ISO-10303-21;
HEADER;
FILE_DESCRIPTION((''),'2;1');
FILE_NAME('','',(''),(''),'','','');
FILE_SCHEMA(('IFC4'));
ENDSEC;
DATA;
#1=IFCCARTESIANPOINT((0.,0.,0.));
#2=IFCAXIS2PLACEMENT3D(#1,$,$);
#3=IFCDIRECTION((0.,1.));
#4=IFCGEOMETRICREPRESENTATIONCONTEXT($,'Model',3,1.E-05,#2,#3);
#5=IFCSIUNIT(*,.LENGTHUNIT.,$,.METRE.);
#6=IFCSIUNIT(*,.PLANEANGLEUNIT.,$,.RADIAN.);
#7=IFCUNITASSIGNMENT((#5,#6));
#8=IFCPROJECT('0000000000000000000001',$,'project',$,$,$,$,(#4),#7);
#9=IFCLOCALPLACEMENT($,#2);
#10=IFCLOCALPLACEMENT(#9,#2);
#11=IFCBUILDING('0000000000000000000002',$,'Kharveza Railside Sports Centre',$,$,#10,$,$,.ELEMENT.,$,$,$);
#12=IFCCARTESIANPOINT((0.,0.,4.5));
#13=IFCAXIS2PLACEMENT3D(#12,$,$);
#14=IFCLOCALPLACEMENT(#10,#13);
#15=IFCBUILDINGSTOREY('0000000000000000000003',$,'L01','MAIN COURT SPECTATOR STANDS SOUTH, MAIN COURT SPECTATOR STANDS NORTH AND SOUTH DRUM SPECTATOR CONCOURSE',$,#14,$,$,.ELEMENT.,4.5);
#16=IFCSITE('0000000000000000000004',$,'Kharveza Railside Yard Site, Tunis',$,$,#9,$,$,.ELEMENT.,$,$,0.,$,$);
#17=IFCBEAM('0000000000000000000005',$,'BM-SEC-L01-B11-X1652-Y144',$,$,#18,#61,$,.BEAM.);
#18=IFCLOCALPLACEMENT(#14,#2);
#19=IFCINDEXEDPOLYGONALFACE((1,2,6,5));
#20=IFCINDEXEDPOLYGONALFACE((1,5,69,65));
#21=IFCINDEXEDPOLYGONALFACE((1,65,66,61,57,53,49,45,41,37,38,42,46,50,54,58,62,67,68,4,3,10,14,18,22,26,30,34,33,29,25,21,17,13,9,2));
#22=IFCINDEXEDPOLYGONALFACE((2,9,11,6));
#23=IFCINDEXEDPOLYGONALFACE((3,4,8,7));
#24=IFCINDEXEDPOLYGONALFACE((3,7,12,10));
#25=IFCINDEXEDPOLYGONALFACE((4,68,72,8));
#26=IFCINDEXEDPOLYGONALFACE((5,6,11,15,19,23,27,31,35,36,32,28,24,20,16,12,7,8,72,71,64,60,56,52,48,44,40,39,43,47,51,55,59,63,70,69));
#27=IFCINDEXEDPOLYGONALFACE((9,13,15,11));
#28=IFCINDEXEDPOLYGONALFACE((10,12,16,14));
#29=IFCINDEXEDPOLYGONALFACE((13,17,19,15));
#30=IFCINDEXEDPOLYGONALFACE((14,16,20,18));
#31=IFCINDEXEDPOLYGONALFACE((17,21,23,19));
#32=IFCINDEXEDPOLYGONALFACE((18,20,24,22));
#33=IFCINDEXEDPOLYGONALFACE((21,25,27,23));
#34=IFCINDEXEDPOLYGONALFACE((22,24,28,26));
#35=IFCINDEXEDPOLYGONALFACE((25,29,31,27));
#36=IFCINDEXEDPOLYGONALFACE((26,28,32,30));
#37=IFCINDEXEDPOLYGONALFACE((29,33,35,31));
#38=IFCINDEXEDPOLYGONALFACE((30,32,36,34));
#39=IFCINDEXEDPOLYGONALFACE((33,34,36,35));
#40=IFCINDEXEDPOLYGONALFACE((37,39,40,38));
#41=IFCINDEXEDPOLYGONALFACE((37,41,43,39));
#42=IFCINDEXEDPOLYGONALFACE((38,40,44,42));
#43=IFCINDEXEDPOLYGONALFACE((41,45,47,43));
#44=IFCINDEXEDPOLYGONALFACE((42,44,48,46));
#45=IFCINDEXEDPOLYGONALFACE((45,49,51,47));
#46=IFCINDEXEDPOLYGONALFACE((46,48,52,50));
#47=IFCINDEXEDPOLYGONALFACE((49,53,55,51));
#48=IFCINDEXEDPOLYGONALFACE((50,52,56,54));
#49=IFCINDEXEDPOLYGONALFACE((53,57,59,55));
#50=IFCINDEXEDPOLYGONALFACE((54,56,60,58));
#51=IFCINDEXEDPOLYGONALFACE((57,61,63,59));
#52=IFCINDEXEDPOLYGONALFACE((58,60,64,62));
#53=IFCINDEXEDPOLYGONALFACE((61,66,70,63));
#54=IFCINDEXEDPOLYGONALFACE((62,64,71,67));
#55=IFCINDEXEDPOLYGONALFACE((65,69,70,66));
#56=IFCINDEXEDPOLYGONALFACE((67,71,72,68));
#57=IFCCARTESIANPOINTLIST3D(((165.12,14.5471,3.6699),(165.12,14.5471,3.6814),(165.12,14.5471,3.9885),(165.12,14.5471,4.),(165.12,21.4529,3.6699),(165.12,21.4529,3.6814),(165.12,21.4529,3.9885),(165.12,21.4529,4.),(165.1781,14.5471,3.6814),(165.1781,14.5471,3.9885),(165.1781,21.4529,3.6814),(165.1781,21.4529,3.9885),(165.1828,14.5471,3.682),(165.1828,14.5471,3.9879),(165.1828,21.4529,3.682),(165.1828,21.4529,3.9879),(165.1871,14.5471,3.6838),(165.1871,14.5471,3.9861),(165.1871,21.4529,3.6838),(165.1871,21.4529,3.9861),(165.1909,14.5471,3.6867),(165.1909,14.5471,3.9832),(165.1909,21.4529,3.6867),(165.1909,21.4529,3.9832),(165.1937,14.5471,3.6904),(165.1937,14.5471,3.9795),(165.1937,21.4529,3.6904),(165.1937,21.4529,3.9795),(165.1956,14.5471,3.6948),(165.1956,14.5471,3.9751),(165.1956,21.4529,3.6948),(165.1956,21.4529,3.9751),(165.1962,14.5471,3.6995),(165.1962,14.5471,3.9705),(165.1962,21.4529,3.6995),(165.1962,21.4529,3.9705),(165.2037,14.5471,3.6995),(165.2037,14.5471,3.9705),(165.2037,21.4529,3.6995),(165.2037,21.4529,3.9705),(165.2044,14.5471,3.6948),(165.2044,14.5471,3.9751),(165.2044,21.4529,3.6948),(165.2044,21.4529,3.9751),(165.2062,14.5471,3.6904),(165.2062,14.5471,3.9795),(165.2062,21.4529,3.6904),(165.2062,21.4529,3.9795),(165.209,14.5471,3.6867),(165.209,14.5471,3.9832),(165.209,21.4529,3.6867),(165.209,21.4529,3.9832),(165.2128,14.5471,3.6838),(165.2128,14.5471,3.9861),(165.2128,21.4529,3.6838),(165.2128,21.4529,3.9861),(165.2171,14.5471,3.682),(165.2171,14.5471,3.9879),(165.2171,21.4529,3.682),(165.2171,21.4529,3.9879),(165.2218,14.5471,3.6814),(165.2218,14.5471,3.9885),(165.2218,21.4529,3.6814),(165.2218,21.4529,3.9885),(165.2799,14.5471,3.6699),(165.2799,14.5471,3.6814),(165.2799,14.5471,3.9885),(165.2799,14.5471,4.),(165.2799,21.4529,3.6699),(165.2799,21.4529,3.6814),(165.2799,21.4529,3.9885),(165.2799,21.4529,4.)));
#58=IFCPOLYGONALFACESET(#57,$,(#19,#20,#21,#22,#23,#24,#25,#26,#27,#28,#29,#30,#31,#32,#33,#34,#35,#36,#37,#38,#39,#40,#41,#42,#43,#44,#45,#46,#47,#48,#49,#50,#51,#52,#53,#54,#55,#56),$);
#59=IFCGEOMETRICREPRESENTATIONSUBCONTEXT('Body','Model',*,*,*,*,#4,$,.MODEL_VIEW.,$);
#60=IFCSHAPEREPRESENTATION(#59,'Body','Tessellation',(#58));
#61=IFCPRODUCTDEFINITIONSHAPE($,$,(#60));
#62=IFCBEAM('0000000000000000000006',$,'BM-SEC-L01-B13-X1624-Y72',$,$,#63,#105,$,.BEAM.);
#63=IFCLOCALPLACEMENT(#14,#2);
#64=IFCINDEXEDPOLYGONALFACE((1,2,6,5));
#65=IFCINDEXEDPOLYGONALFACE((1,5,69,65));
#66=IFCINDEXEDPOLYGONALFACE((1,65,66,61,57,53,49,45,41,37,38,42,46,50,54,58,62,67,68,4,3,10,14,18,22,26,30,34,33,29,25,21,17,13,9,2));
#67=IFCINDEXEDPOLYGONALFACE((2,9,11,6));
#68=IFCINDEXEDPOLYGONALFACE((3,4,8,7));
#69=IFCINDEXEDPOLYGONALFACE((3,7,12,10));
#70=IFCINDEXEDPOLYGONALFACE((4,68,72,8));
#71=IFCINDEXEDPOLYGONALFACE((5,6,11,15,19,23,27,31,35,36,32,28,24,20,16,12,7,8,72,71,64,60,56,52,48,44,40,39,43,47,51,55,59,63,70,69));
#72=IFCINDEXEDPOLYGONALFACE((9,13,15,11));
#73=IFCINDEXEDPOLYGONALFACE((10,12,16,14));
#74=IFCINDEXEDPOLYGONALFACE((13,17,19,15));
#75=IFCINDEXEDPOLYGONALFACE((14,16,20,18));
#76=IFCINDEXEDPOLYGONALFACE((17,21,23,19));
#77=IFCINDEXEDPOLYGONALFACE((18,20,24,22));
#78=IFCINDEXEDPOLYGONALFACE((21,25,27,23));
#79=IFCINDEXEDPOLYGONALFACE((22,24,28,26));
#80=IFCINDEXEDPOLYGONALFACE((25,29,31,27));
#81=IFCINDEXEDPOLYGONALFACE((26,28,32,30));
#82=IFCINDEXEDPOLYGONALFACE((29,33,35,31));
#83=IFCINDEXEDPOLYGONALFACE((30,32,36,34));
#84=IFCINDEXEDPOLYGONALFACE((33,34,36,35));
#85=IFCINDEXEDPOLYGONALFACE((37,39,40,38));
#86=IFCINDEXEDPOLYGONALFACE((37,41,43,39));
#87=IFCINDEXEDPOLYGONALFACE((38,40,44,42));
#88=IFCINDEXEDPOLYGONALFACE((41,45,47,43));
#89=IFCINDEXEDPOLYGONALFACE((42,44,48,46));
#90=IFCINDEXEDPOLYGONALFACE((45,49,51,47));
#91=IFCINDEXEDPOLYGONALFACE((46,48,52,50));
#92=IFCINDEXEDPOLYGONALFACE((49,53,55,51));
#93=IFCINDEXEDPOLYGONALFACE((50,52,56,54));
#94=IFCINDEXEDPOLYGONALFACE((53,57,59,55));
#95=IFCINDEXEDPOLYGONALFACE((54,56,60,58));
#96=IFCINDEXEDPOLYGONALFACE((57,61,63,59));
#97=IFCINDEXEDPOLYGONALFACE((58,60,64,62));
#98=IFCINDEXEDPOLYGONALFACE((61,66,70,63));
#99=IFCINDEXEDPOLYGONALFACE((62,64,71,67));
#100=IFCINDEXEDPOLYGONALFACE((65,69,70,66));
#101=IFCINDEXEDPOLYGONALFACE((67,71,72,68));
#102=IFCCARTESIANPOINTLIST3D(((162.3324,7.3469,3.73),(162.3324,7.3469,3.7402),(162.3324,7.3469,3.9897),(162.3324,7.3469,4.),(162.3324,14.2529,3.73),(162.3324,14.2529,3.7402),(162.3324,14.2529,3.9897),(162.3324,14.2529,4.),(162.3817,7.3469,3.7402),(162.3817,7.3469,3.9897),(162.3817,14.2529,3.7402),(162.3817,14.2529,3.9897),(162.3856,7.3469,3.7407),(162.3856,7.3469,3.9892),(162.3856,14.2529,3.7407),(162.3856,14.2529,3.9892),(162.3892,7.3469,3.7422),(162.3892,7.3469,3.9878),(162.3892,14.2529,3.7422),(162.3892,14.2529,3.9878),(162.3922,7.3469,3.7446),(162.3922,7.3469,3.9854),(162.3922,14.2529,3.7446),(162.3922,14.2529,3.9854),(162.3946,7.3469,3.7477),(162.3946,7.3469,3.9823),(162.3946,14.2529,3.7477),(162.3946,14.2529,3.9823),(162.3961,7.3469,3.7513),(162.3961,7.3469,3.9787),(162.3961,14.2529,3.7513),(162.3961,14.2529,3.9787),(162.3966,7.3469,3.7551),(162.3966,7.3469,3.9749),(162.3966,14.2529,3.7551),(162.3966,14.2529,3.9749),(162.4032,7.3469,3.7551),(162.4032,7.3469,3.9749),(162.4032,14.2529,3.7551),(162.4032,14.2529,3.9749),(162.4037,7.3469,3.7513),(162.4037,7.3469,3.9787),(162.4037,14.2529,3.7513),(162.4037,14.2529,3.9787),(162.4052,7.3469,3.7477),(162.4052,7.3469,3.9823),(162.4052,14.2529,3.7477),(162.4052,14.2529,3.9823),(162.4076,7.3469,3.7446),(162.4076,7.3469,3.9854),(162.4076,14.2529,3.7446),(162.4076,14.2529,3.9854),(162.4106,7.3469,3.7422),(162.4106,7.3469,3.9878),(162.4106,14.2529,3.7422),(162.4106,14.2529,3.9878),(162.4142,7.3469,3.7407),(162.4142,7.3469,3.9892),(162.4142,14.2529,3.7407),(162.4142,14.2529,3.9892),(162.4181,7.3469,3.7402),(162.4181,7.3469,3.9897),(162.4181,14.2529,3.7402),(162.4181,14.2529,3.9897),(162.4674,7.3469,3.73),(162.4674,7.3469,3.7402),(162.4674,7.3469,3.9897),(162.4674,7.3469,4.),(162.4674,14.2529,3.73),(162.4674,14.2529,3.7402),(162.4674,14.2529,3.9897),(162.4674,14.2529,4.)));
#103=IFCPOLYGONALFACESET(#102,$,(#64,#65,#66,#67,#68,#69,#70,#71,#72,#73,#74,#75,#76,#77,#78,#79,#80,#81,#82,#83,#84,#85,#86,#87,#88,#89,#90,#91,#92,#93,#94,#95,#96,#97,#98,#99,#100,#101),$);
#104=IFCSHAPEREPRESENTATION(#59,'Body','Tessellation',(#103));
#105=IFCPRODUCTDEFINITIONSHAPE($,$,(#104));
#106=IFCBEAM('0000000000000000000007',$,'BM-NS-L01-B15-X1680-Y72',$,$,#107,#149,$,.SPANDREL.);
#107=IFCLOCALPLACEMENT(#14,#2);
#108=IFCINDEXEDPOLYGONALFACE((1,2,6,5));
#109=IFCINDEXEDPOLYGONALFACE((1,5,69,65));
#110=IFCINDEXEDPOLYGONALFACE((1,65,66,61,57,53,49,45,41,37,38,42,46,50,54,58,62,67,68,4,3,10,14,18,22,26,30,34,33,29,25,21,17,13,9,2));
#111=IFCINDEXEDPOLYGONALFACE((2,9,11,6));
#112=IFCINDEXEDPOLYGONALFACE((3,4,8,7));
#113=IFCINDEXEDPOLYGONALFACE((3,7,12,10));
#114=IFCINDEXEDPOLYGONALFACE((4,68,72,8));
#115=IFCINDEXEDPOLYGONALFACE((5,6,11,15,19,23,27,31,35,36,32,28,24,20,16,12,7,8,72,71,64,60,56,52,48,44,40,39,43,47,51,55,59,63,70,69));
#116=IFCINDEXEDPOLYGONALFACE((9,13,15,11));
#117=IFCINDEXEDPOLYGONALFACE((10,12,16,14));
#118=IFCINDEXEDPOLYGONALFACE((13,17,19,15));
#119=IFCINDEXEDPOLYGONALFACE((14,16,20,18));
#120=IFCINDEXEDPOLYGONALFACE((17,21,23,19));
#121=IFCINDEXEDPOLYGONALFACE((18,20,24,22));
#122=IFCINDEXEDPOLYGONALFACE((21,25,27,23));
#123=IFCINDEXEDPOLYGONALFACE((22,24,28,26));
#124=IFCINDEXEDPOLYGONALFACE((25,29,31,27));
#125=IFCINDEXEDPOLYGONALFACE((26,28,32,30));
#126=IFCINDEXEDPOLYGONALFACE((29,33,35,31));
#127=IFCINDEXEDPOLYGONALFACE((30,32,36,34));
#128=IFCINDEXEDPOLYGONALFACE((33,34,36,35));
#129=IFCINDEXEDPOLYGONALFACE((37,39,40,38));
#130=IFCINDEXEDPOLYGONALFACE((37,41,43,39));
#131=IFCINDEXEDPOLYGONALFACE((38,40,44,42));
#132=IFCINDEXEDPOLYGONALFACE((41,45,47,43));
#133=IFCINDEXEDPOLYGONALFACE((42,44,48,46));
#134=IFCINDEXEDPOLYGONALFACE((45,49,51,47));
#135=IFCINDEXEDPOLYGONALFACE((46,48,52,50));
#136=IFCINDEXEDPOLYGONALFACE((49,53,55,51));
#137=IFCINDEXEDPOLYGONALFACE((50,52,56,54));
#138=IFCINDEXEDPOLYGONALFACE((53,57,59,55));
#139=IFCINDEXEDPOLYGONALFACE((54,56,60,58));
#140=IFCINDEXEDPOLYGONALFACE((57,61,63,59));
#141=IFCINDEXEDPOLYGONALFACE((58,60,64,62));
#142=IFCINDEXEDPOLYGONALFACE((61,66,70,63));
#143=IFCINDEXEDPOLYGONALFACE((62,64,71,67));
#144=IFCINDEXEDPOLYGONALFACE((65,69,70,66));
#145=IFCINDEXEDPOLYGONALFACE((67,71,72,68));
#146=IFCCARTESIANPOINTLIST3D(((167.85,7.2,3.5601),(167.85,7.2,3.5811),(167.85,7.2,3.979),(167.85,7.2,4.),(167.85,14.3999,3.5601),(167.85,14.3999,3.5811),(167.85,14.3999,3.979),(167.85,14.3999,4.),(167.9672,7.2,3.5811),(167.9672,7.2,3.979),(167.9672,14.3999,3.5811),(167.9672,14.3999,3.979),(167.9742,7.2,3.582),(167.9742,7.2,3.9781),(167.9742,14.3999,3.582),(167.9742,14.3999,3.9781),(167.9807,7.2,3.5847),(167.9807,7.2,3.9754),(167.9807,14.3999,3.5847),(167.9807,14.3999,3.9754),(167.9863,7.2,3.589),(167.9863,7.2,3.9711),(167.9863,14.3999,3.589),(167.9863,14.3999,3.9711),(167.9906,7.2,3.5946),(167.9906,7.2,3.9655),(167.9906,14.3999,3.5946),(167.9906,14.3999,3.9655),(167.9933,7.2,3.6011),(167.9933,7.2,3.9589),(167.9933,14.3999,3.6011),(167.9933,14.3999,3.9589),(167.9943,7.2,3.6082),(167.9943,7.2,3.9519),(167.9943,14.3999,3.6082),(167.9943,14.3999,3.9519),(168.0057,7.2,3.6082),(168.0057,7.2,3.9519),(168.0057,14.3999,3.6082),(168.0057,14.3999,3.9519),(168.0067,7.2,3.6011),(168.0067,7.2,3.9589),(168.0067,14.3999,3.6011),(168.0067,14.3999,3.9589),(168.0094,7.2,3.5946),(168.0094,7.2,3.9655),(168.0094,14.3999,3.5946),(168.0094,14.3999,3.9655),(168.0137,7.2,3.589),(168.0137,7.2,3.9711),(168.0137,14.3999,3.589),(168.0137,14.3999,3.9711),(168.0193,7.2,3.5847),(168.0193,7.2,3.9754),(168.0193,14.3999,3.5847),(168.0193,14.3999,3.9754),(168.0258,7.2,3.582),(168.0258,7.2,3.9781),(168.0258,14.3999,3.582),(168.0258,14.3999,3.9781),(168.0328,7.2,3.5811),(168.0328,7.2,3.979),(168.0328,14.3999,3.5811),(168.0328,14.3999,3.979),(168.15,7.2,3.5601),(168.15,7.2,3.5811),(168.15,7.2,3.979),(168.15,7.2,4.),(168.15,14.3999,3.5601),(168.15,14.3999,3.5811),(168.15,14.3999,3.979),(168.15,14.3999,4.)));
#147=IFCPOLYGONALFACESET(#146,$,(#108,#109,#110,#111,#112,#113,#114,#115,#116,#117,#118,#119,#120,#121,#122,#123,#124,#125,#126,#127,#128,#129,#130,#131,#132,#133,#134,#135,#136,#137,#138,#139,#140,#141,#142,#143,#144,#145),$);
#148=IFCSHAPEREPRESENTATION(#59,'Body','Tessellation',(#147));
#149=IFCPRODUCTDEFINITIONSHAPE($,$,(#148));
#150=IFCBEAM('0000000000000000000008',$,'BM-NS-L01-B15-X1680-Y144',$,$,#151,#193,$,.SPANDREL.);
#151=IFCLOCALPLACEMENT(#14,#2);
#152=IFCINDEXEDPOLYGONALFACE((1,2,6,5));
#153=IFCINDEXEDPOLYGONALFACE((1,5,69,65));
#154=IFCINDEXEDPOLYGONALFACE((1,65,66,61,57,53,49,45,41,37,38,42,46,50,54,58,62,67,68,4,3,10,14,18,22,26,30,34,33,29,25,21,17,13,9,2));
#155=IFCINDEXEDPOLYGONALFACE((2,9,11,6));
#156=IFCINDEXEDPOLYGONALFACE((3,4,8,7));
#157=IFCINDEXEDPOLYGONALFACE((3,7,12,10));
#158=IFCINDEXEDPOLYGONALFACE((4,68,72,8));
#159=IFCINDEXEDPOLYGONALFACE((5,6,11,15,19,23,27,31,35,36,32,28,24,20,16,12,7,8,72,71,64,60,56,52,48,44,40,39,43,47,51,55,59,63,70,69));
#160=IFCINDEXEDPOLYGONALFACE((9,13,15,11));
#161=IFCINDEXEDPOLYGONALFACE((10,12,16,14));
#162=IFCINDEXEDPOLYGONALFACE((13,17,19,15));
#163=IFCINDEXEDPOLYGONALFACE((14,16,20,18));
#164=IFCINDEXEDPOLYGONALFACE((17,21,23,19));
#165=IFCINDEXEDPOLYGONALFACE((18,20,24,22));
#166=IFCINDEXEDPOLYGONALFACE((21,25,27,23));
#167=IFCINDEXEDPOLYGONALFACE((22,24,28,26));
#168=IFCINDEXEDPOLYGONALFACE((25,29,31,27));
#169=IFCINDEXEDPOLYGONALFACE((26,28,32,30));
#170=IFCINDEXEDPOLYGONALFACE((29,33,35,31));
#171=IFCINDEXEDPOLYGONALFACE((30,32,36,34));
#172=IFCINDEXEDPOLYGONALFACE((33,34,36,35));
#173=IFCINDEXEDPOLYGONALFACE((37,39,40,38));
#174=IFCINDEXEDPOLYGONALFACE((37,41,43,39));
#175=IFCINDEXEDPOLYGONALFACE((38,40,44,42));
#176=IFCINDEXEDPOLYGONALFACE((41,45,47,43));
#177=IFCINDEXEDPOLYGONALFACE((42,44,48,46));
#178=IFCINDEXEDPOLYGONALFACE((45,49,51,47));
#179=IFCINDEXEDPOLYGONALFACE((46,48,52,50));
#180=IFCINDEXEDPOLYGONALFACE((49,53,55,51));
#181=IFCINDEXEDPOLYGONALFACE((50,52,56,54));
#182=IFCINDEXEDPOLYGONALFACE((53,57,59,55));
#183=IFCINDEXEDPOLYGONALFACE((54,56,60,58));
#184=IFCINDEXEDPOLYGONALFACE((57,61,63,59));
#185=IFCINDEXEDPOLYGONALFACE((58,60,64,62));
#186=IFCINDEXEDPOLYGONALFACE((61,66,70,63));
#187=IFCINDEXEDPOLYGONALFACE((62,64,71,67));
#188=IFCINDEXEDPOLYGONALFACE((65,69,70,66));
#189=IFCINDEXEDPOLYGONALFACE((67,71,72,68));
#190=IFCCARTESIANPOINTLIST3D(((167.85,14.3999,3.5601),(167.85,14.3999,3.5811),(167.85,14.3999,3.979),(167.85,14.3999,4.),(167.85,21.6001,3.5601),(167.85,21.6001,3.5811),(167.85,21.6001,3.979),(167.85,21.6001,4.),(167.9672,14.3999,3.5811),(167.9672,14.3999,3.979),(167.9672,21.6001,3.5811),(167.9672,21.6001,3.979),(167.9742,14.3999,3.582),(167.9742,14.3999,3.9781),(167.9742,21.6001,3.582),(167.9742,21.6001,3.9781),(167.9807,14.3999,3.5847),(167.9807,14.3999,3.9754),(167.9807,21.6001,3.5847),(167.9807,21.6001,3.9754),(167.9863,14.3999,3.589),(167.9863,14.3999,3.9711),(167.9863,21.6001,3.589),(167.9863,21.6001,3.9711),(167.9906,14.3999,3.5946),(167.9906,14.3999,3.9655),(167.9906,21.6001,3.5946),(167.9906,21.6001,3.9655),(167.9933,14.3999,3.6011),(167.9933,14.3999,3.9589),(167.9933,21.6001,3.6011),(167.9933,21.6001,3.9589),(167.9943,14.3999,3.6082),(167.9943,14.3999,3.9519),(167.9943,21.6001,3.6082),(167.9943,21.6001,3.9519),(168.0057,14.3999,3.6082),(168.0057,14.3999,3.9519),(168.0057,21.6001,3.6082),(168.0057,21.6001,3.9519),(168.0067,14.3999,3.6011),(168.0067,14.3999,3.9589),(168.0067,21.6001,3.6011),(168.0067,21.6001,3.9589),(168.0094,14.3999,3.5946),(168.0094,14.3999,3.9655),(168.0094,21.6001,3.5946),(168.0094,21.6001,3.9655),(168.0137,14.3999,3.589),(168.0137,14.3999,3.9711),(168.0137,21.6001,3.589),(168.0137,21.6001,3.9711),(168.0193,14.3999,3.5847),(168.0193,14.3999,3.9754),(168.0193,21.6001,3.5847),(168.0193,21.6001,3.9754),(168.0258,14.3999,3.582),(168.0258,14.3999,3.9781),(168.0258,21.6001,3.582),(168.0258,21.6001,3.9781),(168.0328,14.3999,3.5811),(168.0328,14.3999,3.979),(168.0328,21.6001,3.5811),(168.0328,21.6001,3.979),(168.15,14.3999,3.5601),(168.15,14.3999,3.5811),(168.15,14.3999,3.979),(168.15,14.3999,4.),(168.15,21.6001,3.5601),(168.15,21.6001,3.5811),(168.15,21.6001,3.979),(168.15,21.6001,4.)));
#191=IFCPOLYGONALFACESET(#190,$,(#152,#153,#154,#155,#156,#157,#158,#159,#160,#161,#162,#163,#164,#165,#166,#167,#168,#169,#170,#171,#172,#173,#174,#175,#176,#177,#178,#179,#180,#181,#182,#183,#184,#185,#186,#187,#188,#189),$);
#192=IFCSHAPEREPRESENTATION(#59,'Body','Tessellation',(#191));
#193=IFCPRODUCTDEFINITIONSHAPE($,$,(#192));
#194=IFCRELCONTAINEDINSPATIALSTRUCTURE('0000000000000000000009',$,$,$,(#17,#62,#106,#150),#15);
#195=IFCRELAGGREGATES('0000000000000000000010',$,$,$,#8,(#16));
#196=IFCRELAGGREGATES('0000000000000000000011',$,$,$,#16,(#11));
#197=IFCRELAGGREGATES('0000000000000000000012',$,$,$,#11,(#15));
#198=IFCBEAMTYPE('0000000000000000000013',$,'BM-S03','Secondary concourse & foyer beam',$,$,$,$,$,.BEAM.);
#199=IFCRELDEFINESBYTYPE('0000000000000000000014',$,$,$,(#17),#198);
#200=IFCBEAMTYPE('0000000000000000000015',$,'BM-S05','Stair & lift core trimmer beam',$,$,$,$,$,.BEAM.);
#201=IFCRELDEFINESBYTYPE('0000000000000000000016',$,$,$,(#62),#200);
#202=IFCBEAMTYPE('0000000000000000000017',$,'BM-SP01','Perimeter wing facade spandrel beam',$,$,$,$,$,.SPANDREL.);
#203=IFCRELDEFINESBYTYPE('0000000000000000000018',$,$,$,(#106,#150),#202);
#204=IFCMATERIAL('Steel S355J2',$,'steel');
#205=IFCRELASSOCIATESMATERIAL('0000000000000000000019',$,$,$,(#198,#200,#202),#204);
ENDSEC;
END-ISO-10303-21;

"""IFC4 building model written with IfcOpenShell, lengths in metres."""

from ifc_helpers import new_model, si_unit, direction, frame, origin, origin_2d, place, context, subcontext, project, spatial, i_section, extrude, material, material_profile, profile_set, type_object, element, save


model = new_model("IFC4")

# Units and contexts
model_context = context("Model", 3, precision=1e-05, world=origin(), true_north=direction((0.0, 1.0)))
body_context = subcontext(model_context, "Body", "Model", "MODEL_VIEW")
ifc_project = project(units=[si_unit("LENGTHUNIT", "METRE"), si_unit("PLANEANGLEUNIT", "RADIAN")], contexts=[model_context])

# Site, building, storey
site_placement = place(None, origin())
site = spatial("IfcSite", under=ifc_project, at=site_placement, Name="Kharveza Railside Yard Site, Tunis", CompositionType="ELEMENT", RefElevation=0.0)
building_placement = place(site_placement, origin())
building = spatial("IfcBuilding", under=site, at=building_placement, Name="Kharveza Railside Sports Centre", CompositionType="ELEMENT")
storey_placement = place(building_placement, frame((0.0, 0.0, 4.5)))
storey = spatial("IfcBuildingStorey", under=building, at=storey_placement, Name="L01", Description="MAIN COURT SPECTATOR STANDS SOUTH, MAIN COURT SPECTATOR STANDS NORTH AND SOUTH DRUM SPECTATOR CONCOURSE", CompositionType="ELEMENT", Elevation=4.5)

# Shared definitions
ifc_material_1 = material(Name="Steel S355J2", Category="steel")

# Beams
ifc_material_profile_1 = material_profile(ifc_material_1, i_section(OverallWidth=0.1599, OverallDepth=0.3301, WebThickness=0.0076, FlangeThickness=0.0115, FilletRadius=0.0181, at=origin_2d()), Name="IPE 330")
ifc_profile_set_1 = profile_set([ifc_material_profile_1], Name="Steel S355J2")
beam_type_1 = type_object("IfcBeamType", Name="BM-S03", Description="Secondary concourse & foyer beam", PredefinedType="BEAM", material=ifc_profile_set_1)
beam_1_placement = place(storey_placement, frame((165.2, 14.5471, 3.835), z_axis=(0.0, 1.0, 0.0), x_axis=(-1.0, 0.0, 0.0)))
element("IfcBeam", 1, at=beam_1_placement, inside=storey, type_object=beam_type_1, Name="BM-SEC-L01-B11-X1652-Y144", PredefinedType="BEAM", context=body_context, shape_type="SweptSolid", body=[
    extrude(i_section(OverallWidth=0.1599, OverallDepth=0.3301, WebThickness=0.0076, FlangeThickness=0.0115, FilletRadius=0.0181, at=origin_2d()), origin(), (0.0, 0.0, 1.0), 6.9058),
])
ifc_material_profile_2 = material_profile(ifc_material_1, i_section(OverallWidth=0.135, OverallDepth=0.27, WebThickness=0.0066, FlangeThickness=0.0103, FilletRadius=0.0149, at=origin_2d()), Name="IPE 270")
ifc_profile_set_2 = profile_set([ifc_material_profile_2], Name="Steel S355J2")
beam_type_2 = type_object("IfcBeamType", Name="BM-S05", Description="Stair & lift core trimmer beam", PredefinedType="BEAM", material=ifc_profile_set_2)
beam_2_placement = place(storey_placement, frame((162.3999, 7.3469, 3.865), z_axis=(0.0, 1.0, 0.0), x_axis=(-1.0, 0.0, 0.0)))
element("IfcBeam", 2, at=beam_2_placement, inside=storey, type_object=beam_type_2, Name="BM-SEC-L01-B13-X1624-Y72", PredefinedType="BEAM", context=body_context, shape_type="SweptSolid", body=[
    extrude(i_section(OverallWidth=0.135, OverallDepth=0.27, WebThickness=0.0066, FlangeThickness=0.0103, FilletRadius=0.0149, at=origin_2d()), origin(), (0.0, 0.0, 1.0), 6.906),
])
ifc_material_profile_3 = material_profile(ifc_material_1, i_section(OverallWidth=0.3, OverallDepth=0.4399, WebThickness=0.0115, FlangeThickness=0.021, FilletRadius=0.0271, at=origin_2d()), Name="HEA 450")
ifc_profile_set_3 = profile_set([ifc_material_profile_3], Name="Steel S355J2")
beam_type_3 = type_object("IfcBeamType", Name="BM-SP01", Description="Perimeter wing facade spandrel beam", PredefinedType="SPANDREL", material=ifc_profile_set_3)
beam_3_placement = place(storey_placement, frame((168.0, 7.2, 3.78), z_axis=(0.0, 1.0, 0.0), x_axis=(-1.0, 0.0, 0.0)))
element("IfcBeam", 3, at=beam_3_placement, inside=storey, type_object=beam_type_3, Name="BM-NS-L01-B15-X1680-Y72", PredefinedType="SPANDREL", context=body_context, shape_type="SweptSolid", body=[
    extrude(i_section(OverallWidth=0.3, OverallDepth=0.4399, WebThickness=0.0115, FlangeThickness=0.021, FilletRadius=0.0271, at=origin_2d()), origin(), (0.0, 0.0, 1.0), 7.2),
])
beam_4_placement = place(storey_placement, frame((168.0, 14.3999, 3.78), z_axis=(0.0, 1.0, 0.0), x_axis=(-1.0, 0.0, 0.0)))
element("IfcBeam", 4, at=beam_4_placement, inside=storey, type_object=beam_type_3, Name="BM-NS-L01-B15-X1680-Y144", PredefinedType="SPANDREL", context=body_context, shape_type="SweptSolid", body=[
    extrude(i_section(OverallWidth=0.3, OverallDepth=0.4399, WebThickness=0.0115, FlangeThickness=0.021, FilletRadius=0.0271, at=origin_2d()), origin(), (0.0, 0.0, 1.0), 7.2002),
])

save(model, "model.ifc")
